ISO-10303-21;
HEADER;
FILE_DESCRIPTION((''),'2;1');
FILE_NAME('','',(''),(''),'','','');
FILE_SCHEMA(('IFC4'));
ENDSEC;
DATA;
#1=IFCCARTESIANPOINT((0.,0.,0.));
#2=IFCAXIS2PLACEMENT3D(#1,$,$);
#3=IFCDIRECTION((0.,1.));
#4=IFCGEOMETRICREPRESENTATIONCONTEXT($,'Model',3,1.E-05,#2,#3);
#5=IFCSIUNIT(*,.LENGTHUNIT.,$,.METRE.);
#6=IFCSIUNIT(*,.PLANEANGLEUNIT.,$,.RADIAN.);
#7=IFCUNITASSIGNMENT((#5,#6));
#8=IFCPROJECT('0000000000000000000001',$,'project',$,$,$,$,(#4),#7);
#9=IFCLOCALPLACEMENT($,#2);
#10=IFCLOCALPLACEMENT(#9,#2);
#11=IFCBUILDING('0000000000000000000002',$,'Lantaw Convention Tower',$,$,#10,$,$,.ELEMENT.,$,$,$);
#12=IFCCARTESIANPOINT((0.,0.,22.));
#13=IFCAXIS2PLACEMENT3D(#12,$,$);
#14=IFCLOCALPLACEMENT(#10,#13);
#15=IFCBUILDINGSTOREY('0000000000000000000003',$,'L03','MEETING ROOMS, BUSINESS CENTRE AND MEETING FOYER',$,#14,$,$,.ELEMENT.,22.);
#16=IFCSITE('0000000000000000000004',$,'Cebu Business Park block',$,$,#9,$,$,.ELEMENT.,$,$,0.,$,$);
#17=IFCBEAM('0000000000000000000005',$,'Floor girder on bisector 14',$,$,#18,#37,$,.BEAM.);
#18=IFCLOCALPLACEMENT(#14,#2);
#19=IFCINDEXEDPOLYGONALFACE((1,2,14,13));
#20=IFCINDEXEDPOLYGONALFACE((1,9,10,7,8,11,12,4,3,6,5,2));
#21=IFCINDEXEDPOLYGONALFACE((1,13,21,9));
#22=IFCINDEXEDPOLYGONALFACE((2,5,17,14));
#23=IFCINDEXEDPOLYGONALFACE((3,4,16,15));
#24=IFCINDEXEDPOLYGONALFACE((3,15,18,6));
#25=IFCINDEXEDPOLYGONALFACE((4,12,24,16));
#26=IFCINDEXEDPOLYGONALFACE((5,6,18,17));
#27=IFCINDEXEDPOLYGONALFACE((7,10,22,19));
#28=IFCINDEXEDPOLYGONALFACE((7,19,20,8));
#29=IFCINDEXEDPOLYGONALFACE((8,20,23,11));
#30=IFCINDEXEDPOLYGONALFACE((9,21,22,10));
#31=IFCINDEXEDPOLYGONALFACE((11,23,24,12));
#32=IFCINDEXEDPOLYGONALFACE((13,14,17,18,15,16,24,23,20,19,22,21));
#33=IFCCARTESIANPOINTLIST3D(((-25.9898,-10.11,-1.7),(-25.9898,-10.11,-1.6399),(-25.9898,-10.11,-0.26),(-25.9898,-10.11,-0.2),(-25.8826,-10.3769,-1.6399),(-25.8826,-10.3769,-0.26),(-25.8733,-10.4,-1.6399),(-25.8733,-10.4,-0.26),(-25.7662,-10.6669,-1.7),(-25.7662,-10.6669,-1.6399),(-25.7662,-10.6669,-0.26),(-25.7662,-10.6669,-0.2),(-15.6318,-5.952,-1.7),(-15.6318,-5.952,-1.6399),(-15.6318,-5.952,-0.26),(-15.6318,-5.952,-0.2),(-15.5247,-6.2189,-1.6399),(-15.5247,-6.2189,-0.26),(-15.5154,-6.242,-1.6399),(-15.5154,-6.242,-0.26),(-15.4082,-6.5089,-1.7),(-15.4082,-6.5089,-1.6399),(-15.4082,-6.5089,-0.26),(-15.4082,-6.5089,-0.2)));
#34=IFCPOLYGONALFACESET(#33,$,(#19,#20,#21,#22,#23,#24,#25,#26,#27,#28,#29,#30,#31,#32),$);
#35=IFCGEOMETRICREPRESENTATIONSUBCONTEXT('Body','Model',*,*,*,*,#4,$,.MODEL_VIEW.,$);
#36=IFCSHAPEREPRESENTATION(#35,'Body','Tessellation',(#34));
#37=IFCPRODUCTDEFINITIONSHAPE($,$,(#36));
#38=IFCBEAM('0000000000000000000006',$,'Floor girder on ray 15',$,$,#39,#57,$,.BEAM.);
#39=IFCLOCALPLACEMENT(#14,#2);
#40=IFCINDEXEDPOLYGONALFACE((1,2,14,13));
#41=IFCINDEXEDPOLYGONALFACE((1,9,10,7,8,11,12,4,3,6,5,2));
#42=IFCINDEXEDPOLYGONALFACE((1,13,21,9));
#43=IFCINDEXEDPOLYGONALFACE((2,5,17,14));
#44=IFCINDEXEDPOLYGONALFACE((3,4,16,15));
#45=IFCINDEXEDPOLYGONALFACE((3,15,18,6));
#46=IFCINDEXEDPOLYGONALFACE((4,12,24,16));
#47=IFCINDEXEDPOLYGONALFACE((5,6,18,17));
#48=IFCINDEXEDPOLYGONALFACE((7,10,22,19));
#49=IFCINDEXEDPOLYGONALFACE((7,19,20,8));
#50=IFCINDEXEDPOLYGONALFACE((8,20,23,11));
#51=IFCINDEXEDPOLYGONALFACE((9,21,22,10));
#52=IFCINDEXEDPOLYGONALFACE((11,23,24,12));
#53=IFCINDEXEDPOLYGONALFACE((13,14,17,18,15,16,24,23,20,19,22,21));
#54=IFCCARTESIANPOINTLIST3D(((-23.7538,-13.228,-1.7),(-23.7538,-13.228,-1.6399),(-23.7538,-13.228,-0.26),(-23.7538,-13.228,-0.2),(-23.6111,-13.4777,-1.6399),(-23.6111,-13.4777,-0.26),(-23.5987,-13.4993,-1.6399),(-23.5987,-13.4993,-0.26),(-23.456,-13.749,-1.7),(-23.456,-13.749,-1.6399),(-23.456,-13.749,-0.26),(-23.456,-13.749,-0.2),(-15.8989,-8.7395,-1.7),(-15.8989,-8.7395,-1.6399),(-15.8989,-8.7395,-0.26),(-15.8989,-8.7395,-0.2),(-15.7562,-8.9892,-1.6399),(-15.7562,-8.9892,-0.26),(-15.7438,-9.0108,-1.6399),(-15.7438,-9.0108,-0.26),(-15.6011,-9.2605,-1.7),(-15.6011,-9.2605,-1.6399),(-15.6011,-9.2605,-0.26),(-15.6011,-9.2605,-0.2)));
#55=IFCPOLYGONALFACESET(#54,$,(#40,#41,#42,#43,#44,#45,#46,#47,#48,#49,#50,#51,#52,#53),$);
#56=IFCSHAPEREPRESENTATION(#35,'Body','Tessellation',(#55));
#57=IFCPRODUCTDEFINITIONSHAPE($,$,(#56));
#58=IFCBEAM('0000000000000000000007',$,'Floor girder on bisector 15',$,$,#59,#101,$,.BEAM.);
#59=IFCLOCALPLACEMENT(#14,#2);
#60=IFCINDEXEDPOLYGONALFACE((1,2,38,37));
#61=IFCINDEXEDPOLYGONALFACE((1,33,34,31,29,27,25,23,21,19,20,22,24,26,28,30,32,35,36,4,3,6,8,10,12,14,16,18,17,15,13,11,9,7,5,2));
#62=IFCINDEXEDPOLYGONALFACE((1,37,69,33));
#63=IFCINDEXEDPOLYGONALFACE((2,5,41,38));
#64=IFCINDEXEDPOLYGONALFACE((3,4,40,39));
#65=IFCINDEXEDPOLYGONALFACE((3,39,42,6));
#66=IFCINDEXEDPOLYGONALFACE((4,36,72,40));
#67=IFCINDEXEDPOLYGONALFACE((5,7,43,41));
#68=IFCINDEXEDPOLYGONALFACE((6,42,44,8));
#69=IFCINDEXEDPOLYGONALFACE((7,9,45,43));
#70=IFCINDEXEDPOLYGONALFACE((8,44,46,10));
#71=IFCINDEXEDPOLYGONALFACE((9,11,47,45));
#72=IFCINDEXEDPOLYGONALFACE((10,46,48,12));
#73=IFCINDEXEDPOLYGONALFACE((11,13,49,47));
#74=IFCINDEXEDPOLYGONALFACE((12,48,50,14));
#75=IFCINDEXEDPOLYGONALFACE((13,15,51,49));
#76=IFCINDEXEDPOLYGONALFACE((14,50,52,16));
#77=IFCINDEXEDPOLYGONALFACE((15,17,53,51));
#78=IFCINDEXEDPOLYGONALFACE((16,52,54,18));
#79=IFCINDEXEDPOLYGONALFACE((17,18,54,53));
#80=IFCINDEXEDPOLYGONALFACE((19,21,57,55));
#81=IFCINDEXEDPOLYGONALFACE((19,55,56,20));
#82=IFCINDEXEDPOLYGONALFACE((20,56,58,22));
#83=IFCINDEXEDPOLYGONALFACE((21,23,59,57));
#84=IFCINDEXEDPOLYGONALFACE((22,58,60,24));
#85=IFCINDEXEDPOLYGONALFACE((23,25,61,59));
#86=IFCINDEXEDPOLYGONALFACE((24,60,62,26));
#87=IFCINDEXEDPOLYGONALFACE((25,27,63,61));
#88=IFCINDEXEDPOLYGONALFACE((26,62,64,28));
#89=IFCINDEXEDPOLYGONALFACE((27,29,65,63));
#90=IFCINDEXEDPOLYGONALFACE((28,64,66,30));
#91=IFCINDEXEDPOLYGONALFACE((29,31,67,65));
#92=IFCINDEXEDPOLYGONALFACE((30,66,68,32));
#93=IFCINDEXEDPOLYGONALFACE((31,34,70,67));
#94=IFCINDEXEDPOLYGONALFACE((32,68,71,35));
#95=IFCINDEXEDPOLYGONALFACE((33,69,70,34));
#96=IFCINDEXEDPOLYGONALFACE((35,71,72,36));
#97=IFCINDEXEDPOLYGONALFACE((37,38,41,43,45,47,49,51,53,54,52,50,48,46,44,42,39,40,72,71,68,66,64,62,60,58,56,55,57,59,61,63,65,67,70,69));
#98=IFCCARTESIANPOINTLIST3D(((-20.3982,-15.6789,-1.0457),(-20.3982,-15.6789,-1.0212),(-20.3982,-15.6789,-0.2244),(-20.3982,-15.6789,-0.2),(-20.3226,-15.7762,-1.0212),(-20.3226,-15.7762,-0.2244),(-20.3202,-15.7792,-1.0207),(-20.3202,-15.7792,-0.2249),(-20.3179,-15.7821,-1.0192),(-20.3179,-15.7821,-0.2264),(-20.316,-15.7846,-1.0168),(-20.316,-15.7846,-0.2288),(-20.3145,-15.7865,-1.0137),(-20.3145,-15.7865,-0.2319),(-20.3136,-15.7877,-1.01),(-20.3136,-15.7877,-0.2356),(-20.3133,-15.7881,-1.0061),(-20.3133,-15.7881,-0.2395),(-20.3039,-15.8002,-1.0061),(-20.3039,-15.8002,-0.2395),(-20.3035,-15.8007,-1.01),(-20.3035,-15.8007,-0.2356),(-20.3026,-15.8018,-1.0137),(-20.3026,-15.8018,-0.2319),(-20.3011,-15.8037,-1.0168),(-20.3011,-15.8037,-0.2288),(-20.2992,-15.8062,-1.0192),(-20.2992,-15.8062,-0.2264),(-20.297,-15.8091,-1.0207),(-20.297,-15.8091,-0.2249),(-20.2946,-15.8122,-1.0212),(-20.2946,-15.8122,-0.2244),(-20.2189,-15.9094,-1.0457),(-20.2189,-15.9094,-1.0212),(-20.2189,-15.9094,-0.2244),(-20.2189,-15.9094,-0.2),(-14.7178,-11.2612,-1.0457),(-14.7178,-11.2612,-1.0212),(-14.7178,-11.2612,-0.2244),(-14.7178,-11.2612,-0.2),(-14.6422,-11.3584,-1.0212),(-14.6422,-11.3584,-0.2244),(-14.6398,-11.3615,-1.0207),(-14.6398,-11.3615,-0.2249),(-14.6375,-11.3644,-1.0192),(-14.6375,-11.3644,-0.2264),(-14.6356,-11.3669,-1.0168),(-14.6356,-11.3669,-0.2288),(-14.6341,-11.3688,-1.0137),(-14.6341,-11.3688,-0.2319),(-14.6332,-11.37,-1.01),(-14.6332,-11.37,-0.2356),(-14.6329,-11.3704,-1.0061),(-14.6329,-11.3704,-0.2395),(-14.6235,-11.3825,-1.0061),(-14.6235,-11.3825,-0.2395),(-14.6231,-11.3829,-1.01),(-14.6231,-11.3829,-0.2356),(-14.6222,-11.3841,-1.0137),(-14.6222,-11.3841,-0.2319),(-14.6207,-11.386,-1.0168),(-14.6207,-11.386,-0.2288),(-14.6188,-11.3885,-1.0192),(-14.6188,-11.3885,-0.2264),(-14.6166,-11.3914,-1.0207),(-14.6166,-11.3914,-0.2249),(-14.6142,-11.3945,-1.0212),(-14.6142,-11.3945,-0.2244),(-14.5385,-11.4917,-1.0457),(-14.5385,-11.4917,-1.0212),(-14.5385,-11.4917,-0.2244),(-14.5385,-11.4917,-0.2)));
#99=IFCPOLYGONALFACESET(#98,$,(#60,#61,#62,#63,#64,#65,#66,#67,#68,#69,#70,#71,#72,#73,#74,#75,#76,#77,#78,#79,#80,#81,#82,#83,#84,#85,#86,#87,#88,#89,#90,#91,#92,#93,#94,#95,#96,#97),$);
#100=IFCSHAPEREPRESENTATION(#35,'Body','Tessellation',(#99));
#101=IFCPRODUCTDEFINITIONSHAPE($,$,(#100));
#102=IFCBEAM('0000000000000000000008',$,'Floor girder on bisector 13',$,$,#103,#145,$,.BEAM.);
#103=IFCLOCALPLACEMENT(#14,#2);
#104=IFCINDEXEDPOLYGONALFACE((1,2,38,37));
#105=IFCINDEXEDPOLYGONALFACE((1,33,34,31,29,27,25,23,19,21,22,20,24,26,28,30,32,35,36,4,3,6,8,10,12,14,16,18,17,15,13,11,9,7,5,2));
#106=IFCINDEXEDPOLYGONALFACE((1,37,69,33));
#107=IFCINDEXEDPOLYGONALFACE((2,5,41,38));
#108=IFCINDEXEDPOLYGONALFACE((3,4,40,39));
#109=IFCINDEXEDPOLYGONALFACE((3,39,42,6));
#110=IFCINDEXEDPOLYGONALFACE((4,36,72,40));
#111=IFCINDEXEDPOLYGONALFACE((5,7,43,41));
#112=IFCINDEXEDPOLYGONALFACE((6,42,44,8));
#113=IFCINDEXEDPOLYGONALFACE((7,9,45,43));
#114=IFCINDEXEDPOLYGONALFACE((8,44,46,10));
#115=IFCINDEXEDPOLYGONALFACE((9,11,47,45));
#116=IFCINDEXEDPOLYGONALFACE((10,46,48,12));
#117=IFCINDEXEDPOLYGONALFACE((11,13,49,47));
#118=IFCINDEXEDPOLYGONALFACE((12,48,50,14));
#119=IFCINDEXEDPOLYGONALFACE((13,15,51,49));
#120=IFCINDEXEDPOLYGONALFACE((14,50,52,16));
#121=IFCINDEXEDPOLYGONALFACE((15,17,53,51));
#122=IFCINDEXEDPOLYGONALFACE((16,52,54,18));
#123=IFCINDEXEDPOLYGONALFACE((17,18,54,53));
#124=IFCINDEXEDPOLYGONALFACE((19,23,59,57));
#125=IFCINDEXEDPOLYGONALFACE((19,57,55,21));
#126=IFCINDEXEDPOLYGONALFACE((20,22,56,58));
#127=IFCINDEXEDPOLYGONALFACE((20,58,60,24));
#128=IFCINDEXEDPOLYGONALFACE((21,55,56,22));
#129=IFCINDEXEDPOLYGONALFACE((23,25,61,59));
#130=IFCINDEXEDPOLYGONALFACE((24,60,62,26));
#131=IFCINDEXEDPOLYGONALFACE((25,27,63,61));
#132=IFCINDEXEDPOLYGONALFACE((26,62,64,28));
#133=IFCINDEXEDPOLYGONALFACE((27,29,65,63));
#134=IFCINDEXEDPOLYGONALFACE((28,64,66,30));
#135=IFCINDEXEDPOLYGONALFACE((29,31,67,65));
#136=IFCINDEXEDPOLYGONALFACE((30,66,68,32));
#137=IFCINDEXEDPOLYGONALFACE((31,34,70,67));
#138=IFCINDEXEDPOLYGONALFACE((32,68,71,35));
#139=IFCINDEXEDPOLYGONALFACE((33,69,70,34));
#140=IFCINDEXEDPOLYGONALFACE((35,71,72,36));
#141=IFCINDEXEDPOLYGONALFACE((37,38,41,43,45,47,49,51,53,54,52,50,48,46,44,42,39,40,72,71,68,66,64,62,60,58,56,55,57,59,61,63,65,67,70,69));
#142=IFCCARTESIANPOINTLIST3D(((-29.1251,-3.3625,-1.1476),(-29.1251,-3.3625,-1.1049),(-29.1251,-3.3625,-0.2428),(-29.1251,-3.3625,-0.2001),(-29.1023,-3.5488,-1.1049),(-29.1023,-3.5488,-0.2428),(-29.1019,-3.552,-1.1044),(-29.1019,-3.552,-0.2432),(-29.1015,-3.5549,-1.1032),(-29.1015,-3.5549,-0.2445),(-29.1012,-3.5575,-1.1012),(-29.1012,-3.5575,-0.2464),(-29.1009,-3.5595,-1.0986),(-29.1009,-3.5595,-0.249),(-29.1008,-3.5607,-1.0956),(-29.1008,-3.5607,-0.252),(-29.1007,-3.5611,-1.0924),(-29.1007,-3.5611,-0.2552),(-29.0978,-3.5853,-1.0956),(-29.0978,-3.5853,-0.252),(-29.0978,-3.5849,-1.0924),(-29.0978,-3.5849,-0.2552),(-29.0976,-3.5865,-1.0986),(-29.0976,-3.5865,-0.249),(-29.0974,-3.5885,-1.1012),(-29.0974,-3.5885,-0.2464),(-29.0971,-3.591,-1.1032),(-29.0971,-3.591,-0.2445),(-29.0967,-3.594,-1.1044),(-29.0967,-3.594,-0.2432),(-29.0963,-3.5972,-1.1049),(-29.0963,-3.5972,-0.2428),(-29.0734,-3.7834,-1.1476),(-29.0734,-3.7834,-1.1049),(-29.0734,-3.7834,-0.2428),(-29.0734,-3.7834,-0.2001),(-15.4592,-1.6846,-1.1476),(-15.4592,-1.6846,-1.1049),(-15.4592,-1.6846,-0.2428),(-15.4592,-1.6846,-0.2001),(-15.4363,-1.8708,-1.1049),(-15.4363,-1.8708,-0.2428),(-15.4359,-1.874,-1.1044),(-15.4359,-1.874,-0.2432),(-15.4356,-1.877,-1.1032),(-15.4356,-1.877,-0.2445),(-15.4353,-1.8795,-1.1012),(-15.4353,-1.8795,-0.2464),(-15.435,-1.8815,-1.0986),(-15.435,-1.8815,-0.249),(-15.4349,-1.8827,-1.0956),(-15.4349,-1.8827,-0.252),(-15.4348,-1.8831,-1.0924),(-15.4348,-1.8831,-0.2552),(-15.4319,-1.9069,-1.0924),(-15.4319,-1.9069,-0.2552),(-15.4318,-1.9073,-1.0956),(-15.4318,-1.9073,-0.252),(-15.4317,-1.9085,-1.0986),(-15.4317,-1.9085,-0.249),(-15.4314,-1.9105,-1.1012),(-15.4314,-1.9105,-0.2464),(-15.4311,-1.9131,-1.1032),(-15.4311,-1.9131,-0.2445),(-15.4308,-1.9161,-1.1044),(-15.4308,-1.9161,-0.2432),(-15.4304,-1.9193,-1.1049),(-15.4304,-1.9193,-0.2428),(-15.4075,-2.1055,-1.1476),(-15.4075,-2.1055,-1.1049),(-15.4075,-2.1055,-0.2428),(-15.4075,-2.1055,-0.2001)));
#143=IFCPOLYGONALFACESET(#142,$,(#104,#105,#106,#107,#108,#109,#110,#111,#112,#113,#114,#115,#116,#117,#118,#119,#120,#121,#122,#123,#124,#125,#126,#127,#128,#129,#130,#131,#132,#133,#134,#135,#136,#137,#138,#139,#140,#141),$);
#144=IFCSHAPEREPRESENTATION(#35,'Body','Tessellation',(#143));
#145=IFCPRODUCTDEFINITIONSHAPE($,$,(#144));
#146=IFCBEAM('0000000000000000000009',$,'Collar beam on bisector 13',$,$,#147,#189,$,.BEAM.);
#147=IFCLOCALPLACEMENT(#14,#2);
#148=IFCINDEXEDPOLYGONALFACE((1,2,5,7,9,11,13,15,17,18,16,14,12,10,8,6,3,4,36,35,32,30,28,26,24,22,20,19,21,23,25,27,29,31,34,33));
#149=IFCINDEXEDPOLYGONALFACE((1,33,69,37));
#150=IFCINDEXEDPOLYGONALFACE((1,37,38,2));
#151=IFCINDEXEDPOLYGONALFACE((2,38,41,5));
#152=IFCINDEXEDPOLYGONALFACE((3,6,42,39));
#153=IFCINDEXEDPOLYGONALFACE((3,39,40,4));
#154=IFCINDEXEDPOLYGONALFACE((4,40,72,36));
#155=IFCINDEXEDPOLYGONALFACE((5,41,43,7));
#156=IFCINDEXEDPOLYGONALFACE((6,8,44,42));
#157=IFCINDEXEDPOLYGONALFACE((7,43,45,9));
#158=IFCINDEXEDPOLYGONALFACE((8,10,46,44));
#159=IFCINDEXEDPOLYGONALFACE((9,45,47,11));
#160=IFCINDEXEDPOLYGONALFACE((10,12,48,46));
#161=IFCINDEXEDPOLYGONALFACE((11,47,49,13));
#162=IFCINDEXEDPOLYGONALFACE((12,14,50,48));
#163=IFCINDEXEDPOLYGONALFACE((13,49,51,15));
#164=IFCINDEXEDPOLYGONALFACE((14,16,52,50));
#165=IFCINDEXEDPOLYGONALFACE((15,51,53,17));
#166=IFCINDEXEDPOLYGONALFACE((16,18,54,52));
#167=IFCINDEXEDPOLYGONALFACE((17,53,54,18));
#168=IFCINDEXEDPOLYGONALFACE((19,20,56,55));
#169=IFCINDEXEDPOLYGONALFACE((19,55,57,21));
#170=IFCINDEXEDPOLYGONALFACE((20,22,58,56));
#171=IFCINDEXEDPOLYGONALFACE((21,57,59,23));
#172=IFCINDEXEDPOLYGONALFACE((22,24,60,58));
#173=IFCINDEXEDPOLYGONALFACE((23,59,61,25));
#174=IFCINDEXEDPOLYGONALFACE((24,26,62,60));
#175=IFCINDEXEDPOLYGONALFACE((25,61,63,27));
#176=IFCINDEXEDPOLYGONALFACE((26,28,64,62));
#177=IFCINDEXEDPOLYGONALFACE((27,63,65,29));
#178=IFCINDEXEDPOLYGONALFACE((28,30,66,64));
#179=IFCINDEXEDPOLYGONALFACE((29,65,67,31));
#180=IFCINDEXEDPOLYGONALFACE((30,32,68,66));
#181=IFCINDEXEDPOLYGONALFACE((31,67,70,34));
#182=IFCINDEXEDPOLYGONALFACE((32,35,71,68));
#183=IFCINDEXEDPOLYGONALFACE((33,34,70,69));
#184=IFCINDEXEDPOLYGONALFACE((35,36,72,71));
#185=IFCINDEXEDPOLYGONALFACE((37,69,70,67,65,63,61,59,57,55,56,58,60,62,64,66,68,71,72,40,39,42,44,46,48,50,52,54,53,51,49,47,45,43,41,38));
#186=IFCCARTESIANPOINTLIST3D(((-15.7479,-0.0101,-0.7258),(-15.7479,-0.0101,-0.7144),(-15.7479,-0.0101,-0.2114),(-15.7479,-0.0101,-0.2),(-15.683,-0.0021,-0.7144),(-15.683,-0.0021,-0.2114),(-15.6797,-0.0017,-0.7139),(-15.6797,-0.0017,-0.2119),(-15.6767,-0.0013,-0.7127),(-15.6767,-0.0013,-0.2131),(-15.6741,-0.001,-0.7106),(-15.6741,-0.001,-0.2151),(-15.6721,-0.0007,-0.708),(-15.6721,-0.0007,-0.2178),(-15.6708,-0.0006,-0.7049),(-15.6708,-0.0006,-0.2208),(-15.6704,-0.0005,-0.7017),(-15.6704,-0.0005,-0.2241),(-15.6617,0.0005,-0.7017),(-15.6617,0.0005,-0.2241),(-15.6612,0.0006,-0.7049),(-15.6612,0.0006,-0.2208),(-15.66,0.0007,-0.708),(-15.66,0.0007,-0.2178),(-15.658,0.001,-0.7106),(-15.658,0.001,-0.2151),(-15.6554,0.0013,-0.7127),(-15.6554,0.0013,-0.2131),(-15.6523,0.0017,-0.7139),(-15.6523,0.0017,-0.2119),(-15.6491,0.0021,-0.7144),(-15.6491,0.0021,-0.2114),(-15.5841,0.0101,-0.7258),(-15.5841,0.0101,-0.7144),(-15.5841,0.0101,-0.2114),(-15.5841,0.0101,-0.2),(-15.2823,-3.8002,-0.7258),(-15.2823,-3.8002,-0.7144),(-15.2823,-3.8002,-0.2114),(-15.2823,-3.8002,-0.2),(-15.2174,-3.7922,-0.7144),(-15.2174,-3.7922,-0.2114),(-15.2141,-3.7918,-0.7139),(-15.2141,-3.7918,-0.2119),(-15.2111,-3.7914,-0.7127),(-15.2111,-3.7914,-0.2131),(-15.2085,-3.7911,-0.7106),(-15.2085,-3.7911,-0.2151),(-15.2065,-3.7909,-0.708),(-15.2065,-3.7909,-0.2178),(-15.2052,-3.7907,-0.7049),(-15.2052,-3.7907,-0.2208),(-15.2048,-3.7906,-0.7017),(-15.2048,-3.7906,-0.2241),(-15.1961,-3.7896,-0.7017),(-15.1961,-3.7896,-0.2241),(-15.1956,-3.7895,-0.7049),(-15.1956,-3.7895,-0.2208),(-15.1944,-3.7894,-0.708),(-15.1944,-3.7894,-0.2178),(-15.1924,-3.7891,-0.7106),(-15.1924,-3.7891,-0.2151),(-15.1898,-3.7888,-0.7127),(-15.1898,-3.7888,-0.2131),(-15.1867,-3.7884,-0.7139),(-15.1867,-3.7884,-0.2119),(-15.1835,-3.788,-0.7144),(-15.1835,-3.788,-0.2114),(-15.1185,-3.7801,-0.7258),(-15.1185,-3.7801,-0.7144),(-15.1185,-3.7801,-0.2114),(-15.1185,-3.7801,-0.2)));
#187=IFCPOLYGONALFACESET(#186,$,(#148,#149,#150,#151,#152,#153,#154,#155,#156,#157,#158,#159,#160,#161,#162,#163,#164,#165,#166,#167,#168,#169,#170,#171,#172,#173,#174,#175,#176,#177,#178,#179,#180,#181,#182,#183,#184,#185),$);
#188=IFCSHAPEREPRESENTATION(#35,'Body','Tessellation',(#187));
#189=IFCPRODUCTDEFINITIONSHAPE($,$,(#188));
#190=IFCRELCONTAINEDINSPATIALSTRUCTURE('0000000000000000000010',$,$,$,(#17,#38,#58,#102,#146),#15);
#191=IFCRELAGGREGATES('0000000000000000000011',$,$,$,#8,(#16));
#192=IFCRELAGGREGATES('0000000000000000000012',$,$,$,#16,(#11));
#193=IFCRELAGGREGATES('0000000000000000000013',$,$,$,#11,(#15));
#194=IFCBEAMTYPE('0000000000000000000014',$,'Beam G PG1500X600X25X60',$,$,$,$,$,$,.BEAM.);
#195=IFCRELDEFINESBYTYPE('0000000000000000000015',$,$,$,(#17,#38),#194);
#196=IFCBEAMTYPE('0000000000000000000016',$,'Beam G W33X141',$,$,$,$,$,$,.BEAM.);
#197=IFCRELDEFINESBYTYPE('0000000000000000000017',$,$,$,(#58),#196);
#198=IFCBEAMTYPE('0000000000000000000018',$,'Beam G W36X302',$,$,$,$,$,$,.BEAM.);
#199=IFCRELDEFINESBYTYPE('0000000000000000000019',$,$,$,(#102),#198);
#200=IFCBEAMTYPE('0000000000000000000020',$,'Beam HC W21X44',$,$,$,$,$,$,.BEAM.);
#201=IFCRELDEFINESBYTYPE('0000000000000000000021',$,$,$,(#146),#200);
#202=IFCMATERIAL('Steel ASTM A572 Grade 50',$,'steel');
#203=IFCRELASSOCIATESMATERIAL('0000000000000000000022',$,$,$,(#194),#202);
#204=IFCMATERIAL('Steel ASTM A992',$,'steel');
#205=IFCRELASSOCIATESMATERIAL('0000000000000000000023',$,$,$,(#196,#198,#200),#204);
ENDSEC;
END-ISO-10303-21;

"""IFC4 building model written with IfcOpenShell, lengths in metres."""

from ifc_helpers import new_model, si_unit, direction, frame, origin, origin_2d, place, context, subcontext, project, spatial, i_section, extrude, material, material_profile, profile_set, type_object, element, save


model = new_model("IFC4")

# Units and contexts
model_context = context("Model", 3, precision=1e-05, world=origin(), true_north=direction((0.0, 1.0)))
body_context = subcontext(model_context, "Body", "Model", "MODEL_VIEW")
ifc_project = project(units=[si_unit("LENGTHUNIT", "METRE"), si_unit("PLANEANGLEUNIT", "RADIAN")], contexts=[model_context])

# Site, building, storey
site_placement = place(None, origin())
site = spatial("IfcSite", under=ifc_project, at=site_placement, Name="Cebu Business Park block", CompositionType="ELEMENT", RefElevation=0.0)
building_placement = place(site_placement, origin())
building = spatial("IfcBuilding", under=site, at=building_placement, Name="Lantaw Convention Tower", CompositionType="ELEMENT")
storey_placement = place(building_placement, frame((0.0, 0.0, 22.0)))
storey = spatial("IfcBuildingStorey", under=building, at=storey_placement, Name="L03", Description="MEETING ROOMS, BUSINESS CENTRE AND MEETING FOYER", CompositionType="ELEMENT", Elevation=22.0)

# Shared definitions
ifc_material_1 = material(Name="Steel ASTM A572 Grade 50", Category="steel")

# Beams
ifc_material_2 = material(Name="Steel ASTM A992", Category="steel")
ifc_material_profile_1 = material_profile(ifc_material_1, i_section(OverallWidth=0.6001, OverallDepth=1.5, WebThickness=0.0249, FlangeThickness=0.0601, at=origin_2d()), Name="PG1500X600X25X60")
ifc_profile_set_1 = profile_set([ifc_material_profile_1], Name="Steel ASTM A572 Grade 50")
beam_type_1 = type_object("IfcBeamType", Name="Beam G PG1500X600X25X60", PredefinedType="BEAM", material=ifc_profile_set_1)
beam_1_placement = place(storey_placement, frame((-15.52, -6.2305, -0.95), z_axis=(-0.928019, -0.372533, 0.0), x_axis=(0.372533, -0.928019, 0.0)))
element("IfcBeam", 1, at=beam_1_placement, inside=storey, type_object=beam_type_1, Name="Floor girder on bisector 14", PredefinedType="BEAM", context=body_context, shape_type="SweptSolid", body=[
    extrude(i_section(OverallWidth=0.6001, OverallDepth=1.5, WebThickness=0.0249, FlangeThickness=0.0601, at=origin_2d()), origin(), (0.0, 0.0, 1.0), 11.1614),
])
beam_2_placement = place(storey_placement, frame((-15.75, -9.0, -0.95), z_axis=(-0.868245, -0.496136, 0.0), x_axis=(0.496136, -0.868245, 0.0)))
element("IfcBeam", 2, at=beam_2_placement, inside=storey, type_object=beam_type_1, Name="Floor girder on ray 15", PredefinedType="BEAM", context=body_context, shape_type="SweptSolid", body=[
    extrude(i_section(OverallWidth=0.6001, OverallDepth=1.5, WebThickness=0.0249, FlangeThickness=0.0601, at=origin_2d()), origin(), (0.0, 0.0, 1.0), 9.0469),
])
ifc_material_profile_2 = material_profile(ifc_material_2, i_section(OverallWidth=0.292, OverallDepth=0.8457, WebThickness=0.0154, FlangeThickness=0.0244, FilletRadius=0.0151, at=origin_2d()), Name="W33X141")
ifc_profile_set_2 = profile_set([ifc_material_profile_2], Name="Steel ASTM A992")
beam_type_2 = type_object("IfcBeamType", Name="Beam G W33X141", PredefinedType="BEAM", material=ifc_profile_set_2)
beam_3_placement = place(storey_placement, frame((-14.6282, -11.3765, -0.6228), z_axis=(-0.789378, -0.613908, 0.0), x_axis=(0.613908, -0.789378, 0.0)))
element("IfcBeam", 3, at=beam_3_placement, inside=storey, type_object=beam_type_2, Name="Floor girder on bisector 15", PredefinedType="BEAM", context=body_context, shape_type="SweptSolid", body=[
    extrude(i_section(OverallWidth=0.292, OverallDepth=0.8457, WebThickness=0.0154, FlangeThickness=0.0244, FilletRadius=0.0151, at=origin_2d()), origin(), (0.0, 0.0, 1.0), 7.196),
])
ifc_material_profile_3 = material_profile(ifc_material_2, i_section(OverallWidth=0.4241, OverallDepth=0.9475, WebThickness=0.0239, FlangeThickness=0.0427, FilletRadius=0.0125, at=origin_2d()), Name="W36X302")
ifc_profile_set_3 = profile_set([ifc_material_profile_3], Name="Steel ASTM A992")
beam_type_3 = type_object("IfcBeamType", Name="Beam G W36X302", PredefinedType="BEAM", material=ifc_profile_set_3)
beam_4_placement = place(storey_placement, frame((-15.4333, -1.895, -0.6738), z_axis=(-0.992546, -0.12187, 0.0), x_axis=(0.12187, -0.992546, 0.0)))
element("IfcBeam", 4, at=beam_4_placement, inside=storey, type_object=beam_type_3, Name="Floor girder on bisector 13", PredefinedType="BEAM", context=body_context, shape_type="SweptSolid", body=[
    extrude(i_section(OverallWidth=0.4241, OverallDepth=0.9475, WebThickness=0.0239, FlangeThickness=0.0427, FilletRadius=0.0125, at=origin_2d()), origin(), (0.0, 0.0, 1.0), 13.7686),
])
ifc_material_profile_4 = material_profile(ifc_material_2, i_section(OverallWidth=0.165, OverallDepth=0.5259, WebThickness=0.0088, FlangeThickness=0.0115, FilletRadius=0.0127, at=origin_2d()), Name="W21X44")
ifc_profile_set_4 = profile_set([ifc_material_profile_4], Name="Steel ASTM A992")
beam_type_4 = type_object("IfcBeamType", Name="Beam HC W21X44", PredefinedType="BEAM", material=ifc_profile_set_4)
beam_5_placement = place(storey_placement, frame((-15.666, 0.0, -0.4629), z_axis=(0.121926, -0.992539, 0.0), x_axis=(0.992539, 0.121926, 0.0)))
element("IfcBeam", 5, at=beam_5_placement, inside=storey, type_object=beam_type_4, Name="Collar beam on bisector 13", PredefinedType="BEAM", context=body_context, shape_type="SweptSolid", body=[
    extrude(i_section(OverallWidth=0.165, OverallDepth=0.5259, WebThickness=0.0088, FlangeThickness=0.0115, FilletRadius=0.0127, at=origin_2d()), origin(), (0.0, 0.0, 1.0), 3.8186),
])

save(model, "model.ifc")
